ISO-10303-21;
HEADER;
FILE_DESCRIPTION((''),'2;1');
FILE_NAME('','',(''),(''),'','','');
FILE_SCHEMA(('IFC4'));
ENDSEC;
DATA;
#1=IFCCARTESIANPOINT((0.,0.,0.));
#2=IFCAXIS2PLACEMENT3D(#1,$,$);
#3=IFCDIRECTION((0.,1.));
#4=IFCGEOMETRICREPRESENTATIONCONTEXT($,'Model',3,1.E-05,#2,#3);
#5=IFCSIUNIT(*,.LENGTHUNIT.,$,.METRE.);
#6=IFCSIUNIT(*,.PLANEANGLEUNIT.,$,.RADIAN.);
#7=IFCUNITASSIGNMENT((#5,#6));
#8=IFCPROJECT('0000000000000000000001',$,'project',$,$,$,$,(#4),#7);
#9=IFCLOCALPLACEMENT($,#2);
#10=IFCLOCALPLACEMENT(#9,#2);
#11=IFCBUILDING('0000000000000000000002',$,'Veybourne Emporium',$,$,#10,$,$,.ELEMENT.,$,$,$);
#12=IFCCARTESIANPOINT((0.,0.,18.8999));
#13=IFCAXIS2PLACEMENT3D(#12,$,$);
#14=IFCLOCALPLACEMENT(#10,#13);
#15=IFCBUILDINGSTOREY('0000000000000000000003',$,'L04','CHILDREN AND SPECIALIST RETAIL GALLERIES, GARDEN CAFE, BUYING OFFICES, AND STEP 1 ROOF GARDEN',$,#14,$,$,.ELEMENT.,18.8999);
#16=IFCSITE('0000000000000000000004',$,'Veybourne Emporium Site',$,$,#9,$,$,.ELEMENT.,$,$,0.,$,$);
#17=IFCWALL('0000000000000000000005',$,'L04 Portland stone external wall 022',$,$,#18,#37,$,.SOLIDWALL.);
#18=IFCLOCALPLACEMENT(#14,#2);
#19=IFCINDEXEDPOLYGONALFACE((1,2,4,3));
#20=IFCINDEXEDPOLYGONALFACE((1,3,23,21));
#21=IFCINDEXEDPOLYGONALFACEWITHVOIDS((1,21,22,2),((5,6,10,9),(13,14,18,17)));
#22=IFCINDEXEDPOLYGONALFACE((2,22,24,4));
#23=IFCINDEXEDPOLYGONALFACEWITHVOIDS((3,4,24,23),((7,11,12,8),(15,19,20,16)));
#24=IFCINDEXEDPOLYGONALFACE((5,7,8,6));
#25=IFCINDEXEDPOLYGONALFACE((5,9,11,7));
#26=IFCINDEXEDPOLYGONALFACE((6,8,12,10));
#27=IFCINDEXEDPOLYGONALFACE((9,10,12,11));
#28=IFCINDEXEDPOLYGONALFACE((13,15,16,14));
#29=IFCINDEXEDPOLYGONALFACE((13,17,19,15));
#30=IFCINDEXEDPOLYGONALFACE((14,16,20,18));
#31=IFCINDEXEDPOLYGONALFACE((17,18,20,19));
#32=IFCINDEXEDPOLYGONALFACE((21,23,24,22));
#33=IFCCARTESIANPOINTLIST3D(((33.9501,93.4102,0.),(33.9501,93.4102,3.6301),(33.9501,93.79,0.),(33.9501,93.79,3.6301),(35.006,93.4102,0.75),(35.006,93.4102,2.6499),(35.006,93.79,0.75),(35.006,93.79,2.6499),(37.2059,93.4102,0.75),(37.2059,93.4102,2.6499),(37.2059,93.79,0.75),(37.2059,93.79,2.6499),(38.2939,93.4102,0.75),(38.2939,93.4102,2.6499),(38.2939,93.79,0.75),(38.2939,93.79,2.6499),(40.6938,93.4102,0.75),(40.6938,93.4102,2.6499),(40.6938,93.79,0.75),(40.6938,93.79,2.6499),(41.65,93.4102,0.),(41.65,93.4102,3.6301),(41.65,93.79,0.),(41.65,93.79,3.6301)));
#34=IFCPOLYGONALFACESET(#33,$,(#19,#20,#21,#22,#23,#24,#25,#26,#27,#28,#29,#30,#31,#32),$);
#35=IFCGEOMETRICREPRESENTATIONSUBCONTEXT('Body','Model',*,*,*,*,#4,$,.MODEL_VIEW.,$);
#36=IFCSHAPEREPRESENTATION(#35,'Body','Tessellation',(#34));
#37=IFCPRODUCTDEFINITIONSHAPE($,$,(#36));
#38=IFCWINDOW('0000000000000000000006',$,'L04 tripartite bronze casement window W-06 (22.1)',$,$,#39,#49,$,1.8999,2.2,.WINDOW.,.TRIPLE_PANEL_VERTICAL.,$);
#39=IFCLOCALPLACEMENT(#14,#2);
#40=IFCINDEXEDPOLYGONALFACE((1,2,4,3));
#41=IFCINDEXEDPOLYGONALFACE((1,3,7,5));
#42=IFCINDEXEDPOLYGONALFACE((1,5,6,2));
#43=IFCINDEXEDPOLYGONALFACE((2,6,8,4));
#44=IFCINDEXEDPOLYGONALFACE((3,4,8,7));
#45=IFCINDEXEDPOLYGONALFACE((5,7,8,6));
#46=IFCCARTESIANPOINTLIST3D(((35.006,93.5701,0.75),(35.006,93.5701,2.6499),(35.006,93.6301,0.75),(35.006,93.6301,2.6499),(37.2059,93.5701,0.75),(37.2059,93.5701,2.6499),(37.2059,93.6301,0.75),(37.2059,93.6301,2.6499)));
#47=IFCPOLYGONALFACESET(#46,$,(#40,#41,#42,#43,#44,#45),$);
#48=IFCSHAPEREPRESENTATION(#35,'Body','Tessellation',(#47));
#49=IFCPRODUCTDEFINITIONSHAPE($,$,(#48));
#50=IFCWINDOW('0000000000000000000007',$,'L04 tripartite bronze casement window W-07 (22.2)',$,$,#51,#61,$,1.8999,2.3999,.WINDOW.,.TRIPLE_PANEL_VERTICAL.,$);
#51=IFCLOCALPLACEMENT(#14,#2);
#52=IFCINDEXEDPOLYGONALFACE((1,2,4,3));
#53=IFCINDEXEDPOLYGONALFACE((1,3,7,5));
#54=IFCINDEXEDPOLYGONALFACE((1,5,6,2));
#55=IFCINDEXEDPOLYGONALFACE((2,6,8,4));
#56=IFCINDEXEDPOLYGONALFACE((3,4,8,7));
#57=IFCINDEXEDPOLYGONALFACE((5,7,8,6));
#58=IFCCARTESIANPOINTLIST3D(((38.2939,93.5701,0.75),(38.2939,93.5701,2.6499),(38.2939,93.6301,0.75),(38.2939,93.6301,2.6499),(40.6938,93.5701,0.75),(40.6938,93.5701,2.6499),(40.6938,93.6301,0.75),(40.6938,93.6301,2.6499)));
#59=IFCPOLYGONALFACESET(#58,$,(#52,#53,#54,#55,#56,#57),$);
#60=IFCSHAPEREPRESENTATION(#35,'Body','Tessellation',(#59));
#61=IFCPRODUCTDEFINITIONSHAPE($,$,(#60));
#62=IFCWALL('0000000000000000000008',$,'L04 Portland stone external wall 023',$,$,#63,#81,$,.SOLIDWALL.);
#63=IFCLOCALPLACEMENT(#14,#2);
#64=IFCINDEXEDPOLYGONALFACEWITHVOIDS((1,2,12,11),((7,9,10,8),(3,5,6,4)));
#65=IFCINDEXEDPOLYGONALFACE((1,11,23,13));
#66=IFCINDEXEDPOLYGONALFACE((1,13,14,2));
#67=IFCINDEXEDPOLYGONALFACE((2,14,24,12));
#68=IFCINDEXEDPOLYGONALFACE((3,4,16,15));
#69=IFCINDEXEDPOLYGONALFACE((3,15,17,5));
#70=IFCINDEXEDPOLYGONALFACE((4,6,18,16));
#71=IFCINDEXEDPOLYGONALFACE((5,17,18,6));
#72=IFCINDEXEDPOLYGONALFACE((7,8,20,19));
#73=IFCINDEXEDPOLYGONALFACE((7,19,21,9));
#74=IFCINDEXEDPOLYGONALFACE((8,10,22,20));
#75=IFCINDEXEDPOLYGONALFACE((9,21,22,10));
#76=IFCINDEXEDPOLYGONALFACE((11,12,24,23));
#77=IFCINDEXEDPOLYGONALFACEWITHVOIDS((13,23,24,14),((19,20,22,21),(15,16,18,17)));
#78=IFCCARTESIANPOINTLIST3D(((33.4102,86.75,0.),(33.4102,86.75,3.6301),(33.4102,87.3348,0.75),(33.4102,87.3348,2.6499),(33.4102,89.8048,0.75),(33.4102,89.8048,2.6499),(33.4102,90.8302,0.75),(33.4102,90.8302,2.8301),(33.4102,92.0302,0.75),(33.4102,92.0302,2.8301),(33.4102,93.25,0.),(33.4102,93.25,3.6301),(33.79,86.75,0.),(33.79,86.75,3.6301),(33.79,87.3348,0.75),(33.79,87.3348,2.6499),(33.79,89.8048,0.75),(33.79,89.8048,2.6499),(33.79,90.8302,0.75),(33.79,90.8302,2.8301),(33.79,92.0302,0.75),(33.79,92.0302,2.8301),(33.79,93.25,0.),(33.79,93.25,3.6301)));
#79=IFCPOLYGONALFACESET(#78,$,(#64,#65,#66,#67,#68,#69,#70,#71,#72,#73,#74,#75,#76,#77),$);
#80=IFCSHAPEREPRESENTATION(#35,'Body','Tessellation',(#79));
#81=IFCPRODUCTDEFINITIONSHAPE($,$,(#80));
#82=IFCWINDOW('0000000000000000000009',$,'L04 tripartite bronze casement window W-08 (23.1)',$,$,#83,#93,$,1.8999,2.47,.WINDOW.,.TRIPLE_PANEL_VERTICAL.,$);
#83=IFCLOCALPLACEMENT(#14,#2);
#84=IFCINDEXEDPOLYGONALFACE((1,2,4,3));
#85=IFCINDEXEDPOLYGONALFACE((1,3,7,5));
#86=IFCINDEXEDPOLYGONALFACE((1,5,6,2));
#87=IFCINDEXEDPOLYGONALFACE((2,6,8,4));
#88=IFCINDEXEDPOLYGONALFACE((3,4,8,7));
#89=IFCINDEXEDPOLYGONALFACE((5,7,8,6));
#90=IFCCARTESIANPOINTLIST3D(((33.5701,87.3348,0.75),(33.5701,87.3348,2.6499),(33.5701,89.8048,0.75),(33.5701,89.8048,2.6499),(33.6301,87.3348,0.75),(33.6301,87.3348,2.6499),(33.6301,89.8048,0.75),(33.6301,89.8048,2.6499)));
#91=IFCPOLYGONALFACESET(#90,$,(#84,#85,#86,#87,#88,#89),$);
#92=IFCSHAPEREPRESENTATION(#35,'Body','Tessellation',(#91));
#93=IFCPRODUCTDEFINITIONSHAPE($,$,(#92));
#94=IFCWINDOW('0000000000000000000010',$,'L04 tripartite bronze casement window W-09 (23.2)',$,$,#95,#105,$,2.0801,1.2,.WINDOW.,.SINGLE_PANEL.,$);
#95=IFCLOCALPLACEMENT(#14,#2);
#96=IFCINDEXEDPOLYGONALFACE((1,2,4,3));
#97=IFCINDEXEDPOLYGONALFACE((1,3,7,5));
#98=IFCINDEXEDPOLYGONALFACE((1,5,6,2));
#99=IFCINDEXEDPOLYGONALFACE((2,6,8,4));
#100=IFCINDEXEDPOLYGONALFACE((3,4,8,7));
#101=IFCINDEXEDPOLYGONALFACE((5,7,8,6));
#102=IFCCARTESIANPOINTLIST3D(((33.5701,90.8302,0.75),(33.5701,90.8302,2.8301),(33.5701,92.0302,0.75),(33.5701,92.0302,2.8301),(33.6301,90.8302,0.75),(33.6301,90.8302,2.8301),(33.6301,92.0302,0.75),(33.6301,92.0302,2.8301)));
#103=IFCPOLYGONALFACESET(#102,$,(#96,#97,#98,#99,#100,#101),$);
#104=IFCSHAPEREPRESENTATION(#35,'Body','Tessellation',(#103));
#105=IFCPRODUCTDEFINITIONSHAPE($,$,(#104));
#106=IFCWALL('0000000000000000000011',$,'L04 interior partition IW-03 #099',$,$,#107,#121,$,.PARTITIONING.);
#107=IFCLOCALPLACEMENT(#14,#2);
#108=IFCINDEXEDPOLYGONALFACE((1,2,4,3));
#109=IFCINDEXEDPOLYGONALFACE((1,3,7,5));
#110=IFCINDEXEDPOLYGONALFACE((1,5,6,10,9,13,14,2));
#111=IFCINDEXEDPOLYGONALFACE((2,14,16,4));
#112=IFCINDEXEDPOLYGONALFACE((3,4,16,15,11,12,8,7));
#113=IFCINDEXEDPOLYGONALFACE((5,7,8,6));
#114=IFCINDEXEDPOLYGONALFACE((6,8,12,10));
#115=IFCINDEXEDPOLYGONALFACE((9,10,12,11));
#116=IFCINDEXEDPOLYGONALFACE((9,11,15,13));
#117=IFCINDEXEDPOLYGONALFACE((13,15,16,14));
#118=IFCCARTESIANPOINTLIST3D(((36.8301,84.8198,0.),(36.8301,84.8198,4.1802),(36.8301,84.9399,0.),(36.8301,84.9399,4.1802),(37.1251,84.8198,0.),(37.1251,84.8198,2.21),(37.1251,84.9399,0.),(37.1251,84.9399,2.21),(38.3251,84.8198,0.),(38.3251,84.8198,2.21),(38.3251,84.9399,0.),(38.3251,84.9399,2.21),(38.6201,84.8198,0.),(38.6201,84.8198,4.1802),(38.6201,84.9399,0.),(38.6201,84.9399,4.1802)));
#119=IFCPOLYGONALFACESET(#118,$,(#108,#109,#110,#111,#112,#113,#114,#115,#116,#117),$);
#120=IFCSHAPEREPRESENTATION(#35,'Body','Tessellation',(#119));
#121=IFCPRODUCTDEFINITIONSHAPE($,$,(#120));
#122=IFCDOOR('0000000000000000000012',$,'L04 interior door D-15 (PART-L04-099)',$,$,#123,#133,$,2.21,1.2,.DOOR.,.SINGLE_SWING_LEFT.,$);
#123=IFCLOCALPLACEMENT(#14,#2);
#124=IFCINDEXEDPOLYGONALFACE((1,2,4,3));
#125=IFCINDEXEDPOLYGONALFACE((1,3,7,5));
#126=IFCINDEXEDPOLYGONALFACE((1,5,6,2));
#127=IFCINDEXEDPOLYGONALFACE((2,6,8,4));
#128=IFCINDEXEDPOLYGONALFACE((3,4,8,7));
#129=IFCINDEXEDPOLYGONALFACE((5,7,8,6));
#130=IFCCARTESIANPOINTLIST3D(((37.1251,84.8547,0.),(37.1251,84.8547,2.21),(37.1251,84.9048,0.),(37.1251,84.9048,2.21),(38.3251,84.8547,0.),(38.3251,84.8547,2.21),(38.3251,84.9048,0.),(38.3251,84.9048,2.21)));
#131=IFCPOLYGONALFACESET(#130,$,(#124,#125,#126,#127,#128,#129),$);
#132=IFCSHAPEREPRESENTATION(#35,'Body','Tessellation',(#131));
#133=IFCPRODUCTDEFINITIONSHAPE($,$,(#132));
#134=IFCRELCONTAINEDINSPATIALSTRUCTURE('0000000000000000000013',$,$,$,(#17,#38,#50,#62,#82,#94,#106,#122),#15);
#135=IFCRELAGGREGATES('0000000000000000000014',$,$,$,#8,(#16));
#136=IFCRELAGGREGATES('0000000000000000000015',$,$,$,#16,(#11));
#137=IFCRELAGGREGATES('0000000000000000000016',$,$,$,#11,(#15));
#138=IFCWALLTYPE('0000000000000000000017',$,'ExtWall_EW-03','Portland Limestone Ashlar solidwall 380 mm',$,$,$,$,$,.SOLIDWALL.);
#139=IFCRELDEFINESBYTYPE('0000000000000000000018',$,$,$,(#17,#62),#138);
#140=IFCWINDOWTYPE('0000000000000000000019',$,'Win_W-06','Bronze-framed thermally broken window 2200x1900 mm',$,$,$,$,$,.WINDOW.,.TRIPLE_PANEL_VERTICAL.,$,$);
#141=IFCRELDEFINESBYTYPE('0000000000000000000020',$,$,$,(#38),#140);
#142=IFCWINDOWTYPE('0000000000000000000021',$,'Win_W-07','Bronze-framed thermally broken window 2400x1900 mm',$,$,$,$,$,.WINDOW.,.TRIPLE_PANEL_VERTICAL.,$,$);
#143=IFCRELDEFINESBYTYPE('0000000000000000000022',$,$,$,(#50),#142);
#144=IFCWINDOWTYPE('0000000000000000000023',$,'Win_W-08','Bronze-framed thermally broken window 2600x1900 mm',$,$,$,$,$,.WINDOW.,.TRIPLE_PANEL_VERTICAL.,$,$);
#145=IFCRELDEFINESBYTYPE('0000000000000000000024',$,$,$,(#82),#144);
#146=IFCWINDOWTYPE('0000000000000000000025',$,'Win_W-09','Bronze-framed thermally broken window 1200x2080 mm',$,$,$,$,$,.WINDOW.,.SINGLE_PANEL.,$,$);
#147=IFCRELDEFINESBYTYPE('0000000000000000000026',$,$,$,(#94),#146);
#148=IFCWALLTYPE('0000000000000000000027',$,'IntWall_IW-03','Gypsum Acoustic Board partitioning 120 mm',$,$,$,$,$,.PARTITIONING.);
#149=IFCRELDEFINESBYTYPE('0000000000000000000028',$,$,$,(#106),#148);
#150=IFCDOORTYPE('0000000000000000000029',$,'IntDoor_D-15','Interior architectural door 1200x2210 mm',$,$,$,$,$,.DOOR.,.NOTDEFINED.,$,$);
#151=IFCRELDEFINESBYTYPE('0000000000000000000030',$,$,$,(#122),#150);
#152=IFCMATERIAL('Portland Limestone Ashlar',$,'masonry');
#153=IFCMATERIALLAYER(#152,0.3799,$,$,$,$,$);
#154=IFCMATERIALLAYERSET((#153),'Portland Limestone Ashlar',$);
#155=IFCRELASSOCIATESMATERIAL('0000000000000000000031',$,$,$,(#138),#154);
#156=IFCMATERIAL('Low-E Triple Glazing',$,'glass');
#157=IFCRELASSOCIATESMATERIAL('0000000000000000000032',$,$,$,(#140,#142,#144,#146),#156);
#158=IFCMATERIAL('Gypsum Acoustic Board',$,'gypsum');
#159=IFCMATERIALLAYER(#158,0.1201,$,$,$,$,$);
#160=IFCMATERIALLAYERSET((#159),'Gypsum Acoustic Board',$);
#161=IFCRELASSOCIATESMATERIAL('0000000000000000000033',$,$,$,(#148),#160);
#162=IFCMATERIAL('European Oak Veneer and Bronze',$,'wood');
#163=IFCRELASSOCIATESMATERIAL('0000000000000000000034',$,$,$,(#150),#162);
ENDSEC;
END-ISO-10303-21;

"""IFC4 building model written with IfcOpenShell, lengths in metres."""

from ifc_helpers import new_model, si_unit, direction, frame, frame_2d, origin, place, context, subcontext, project, spatial, rectangle, extrude, material, layer, layer_set, type_object, element, fill, save


model = new_model("IFC4")

# Units and contexts
model_context = context("Model", 3, precision=1e-05, world=origin(), true_north=direction((0.0, 1.0)))
body_context = subcontext(model_context, "Body", "Model", "MODEL_VIEW")
ifc_project = project(units=[si_unit("LENGTHUNIT", "METRE"), si_unit("PLANEANGLEUNIT", "RADIAN")], contexts=[model_context])

# Site, building, storey
site_placement = place(None, origin())
site = spatial("IfcSite", under=ifc_project, at=site_placement, Name="Veybourne Emporium Site", CompositionType="ELEMENT", RefElevation=0.0)
building_placement = place(site_placement, origin())
building = spatial("IfcBuilding", under=site, at=building_placement, Name="Veybourne Emporium", CompositionType="ELEMENT")
storey_placement = place(building_placement, frame((0.0, 0.0, 18.8999)))
storey = spatial("IfcBuildingStorey", under=building, at=storey_placement, Name="L04", Description="CHILDREN AND SPECIALIST RETAIL GALLERIES, GARDEN CAFE, BUYING OFFICES, AND STEP 1 ROOF GARDEN", CompositionType="ELEMENT", Elevation=18.8999)

# Walls, openings, windows
ifc_material_1 = material(Name="Portland Limestone Ashlar", Category="masonry")
ifc_layer_1 = layer(ifc_material_1, 0.3799)
ifc_layer_set_1 = layer_set([ifc_layer_1], Name="Portland Limestone Ashlar")
wall_type_1 = type_object("IfcWallType", Name="ExtWall_EW-03", Description="Portland Limestone Ashlar solidwall 380 mm", PredefinedType="SOLIDWALL", material=ifc_layer_set_1)
ifc_material_2 = material(Name="Low-E Triple Glazing", Category="glass")
wall_1_placement = place(storey_placement, frame((33.95, 93.6001, 0.0), z_axis=(0.0, 0.0, 1.0), x_axis=(1.0, 0.0, 0.0)))
wall_1 = element("IfcWall", 1, at=wall_1_placement, inside=storey, type_object=wall_type_1, Name="L04 Portland stone external wall 022", PredefinedType="SOLIDWALL", context=body_context, shape_type="SweptSolid", body=[
    extrude(rectangle(XDim=7.7, YDim=0.3799, at=frame_2d((3.8501, 0.0))), origin(), (0.0, 0.0, 1.0), 3.6301),
])
opening_1_placement = place(wall_1_placement, frame((1.0559, 0.0, 0.75)))
opening_1 = element("IfcOpeningElement", 2, at=opening_1_placement, cuts=wall_1, PredefinedType="OPENING", context=body_context, shape_type="SweptSolid", body=[
    extrude(rectangle(XDim=2.2, YDim=1.8999, at=frame_2d((1.1001, 0.95))), frame((0.0, 0.21, 0.0), z_axis=(0.0, -1.0, 0.0), x_axis=(1.0, 0.0, 0.0)), (0.0, 0.0, 1.0), 0.4199),
])
opening_2_placement = place(wall_1_placement, frame((4.344, 0.0, 0.75)))
opening_2 = element("IfcOpeningElement", 3, at=opening_2_placement, cuts=wall_1, PredefinedType="OPENING", context=body_context, shape_type="SweptSolid", body=[
    extrude(rectangle(XDim=2.3999, YDim=1.8999, at=frame_2d((1.2, 0.95))), frame((0.0, 0.21, 0.0), z_axis=(0.0, -1.0, 0.0), x_axis=(1.0, 0.0, 0.0)), (0.0, 0.0, 1.0), 0.4199),
])
window_type_1 = type_object("IfcWindowType", Name="Win_W-06", Description="Bronze-framed thermally broken window 2200x1900 mm", PartitioningType="TRIPLE_PANEL_VERTICAL", PredefinedType="WINDOW", material=ifc_material_2)
window_1_placement = place(opening_1_placement, origin())
window_1 = element("IfcWindow", 4, at=window_1_placement, inside=storey, type_object=window_type_1, Name="L04 tripartite bronze casement window W-06 (22.1)", OverallHeight=1.8999, OverallWidth=2.2, PartitioningType="TRIPLE_PANEL_VERTICAL", PredefinedType="WINDOW", context=body_context, shape_type="SweptSolid", body=[
    extrude(rectangle(XDim=2.2, YDim=1.8999, at=frame_2d((1.1001, 0.95))), frame((0.0, 0.03, 0.0), z_axis=(0.0, -1.0, 0.0), x_axis=(1.0, 0.0, 0.0)), (0.0, 0.0, 1.0), 0.0601),
])
fill(opening_1, window_1)
window_type_2 = type_object("IfcWindowType", Name="Win_W-07", Description="Bronze-framed thermally broken window 2400x1900 mm", PartitioningType="TRIPLE_PANEL_VERTICAL", PredefinedType="WINDOW", material=ifc_material_2)
window_2_placement = place(opening_2_placement, origin())
window_2 = element("IfcWindow", 5, at=window_2_placement, inside=storey, type_object=window_type_2, Name="L04 tripartite bronze casement window W-07 (22.2)", OverallHeight=1.8999, OverallWidth=2.3999, PartitioningType="TRIPLE_PANEL_VERTICAL", PredefinedType="WINDOW", context=body_context, shape_type="SweptSolid", body=[
    extrude(rectangle(XDim=2.3999, YDim=1.8999, at=frame_2d((1.2, 0.95))), frame((0.0, 0.03, 0.0), z_axis=(0.0, -1.0, 0.0), x_axis=(1.0, 0.0, 0.0)), (0.0, 0.0, 1.0), 0.0601),
])
fill(opening_2, window_2)
wall_2_placement = place(storey_placement, frame((33.6001, 86.75, 0.0), z_axis=(0.0, 0.0, 1.0), x_axis=(0.0, 1.0, 0.0)))
wall_2 = element("IfcWall", 6, at=wall_2_placement, inside=storey, type_object=wall_type_1, Name="L04 Portland stone external wall 023", PredefinedType="SOLIDWALL", context=body_context, shape_type="SweptSolid", body=[
    extrude(rectangle(XDim=6.5, YDim=0.3799, at=frame_2d((3.25, 0.0))), origin(), (0.0, 0.0, 1.0), 3.6301),
])
opening_3_placement = place(wall_2_placement, frame((0.585, 0.0, 0.75)))
opening_3 = element("IfcOpeningElement", 7, at=opening_3_placement, cuts=wall_2, PredefinedType="OPENING", context=body_context, shape_type="SweptSolid", body=[
    extrude(rectangle(XDim=2.47, YDim=1.8999, at=frame_2d((1.2349, 0.95))), frame((0.0, 0.21, 0.0), z_axis=(0.0, -1.0, 0.0), x_axis=(1.0, 0.0, 0.0)), (0.0, 0.0, 1.0), 0.4199),
])
opening_4_placement = place(wall_2_placement, frame((4.0801, 0.0, 0.75)))
opening_4 = element("IfcOpeningElement", 8, at=opening_4_placement, cuts=wall_2, PredefinedType="OPENING", context=body_context, shape_type="SweptSolid", body=[
    extrude(rectangle(XDim=1.2, YDim=2.0801, at=frame_2d((0.6001, 1.04))), frame((0.0, 0.21, 0.0), z_axis=(0.0, -1.0, 0.0), x_axis=(1.0, 0.0, 0.0)), (0.0, 0.0, 1.0), 0.4199),
])
window_type_3 = type_object("IfcWindowType", Name="Win_W-08", Description="Bronze-framed thermally broken window 2600x1900 mm", PartitioningType="TRIPLE_PANEL_VERTICAL", PredefinedType="WINDOW", material=ifc_material_2)
window_3_placement = place(opening_3_placement, origin())
window_3 = element("IfcWindow", 9, at=window_3_placement, inside=storey, type_object=window_type_3, Name="L04 tripartite bronze casement window W-08 (23.1)", OverallHeight=1.8999, OverallWidth=2.47, PartitioningType="TRIPLE_PANEL_VERTICAL", PredefinedType="WINDOW", context=body_context, shape_type="SweptSolid", body=[
    extrude(rectangle(XDim=2.47, YDim=1.8999, at=frame_2d((1.2349, 0.95))), frame((0.0, 0.03, 0.0), z_axis=(0.0, -1.0, 0.0), x_axis=(1.0, 0.0, 0.0)), (0.0, 0.0, 1.0), 0.0601),
])
fill(opening_3, window_3)
window_type_4 = type_object("IfcWindowType", Name="Win_W-09", Description="Bronze-framed thermally broken window 1200x2080 mm", PartitioningType="SINGLE_PANEL", PredefinedType="WINDOW", material=ifc_material_2)
window_4_placement = place(opening_4_placement, origin())
window_4 = element("IfcWindow", 10, at=window_4_placement, inside=storey, type_object=window_type_4, Name="L04 tripartite bronze casement window W-09 (23.2)", OverallHeight=2.0801, OverallWidth=1.2, PartitioningType="SINGLE_PANEL", PredefinedType="WINDOW", context=body_context, shape_type="SweptSolid", body=[
    extrude(rectangle(XDim=1.2, YDim=2.0801, at=frame_2d((0.6001, 1.04))), frame((0.0, 0.03, 0.0), z_axis=(0.0, -1.0, 0.0), x_axis=(1.0, 0.0, 0.0)), (0.0, 0.0, 1.0), 0.0601),
])
fill(opening_4, window_4)

# Wall, opening, door
ifc_material_3 = material(Name="Gypsum Acoustic Board", Category="gypsum")
ifc_layer_2 = layer(ifc_material_3, 0.1201)
ifc_layer_set_2 = layer_set([ifc_layer_2], Name="Gypsum Acoustic Board")
wall_type_2 = type_object("IfcWallType", Name="IntWall_IW-03", Description="Gypsum Acoustic Board partitioning 120 mm", PredefinedType="PARTITIONING", material=ifc_layer_set_2)
wall_3_placement = place(storey_placement, frame((36.8301, 84.8799, 0.0), z_axis=(0.0, 0.0, 1.0), x_axis=(1.0, 0.0, 0.0)))
wall_3 = element("IfcWall", 11, at=wall_3_placement, inside=storey, type_object=wall_type_2, Name="L04 interior partition IW-03 #099", PredefinedType="PARTITIONING", context=body_context, shape_type="SweptSolid", body=[
    extrude(rectangle(XDim=1.79, YDim=0.1201, at=frame_2d((0.895, 0.0))), origin(), (0.0, 0.0, 1.0), 4.1802),
])
opening_5_placement = place(wall_3_placement, frame((0.2949, 0.0, 0.0)))
opening_5 = element("IfcOpeningElement", 12, at=opening_5_placement, cuts=wall_3, PredefinedType="OPENING", context=body_context, shape_type="SweptSolid", body=[
    extrude(rectangle(XDim=1.2, YDim=2.21, at=frame_2d((0.6001, 1.105))), frame((0.0, 0.0801, 0.0), z_axis=(0.0, -1.0, 0.0), x_axis=(1.0, 0.0, 0.0)), (0.0, 0.0, 1.0), 0.1602),
])
ifc_material_4 = material(Name="European Oak Veneer and Bronze", Category="wood")
door_type = type_object("IfcDoorType", Name="IntDoor_D-15", Description="Interior architectural door 1200x2210 mm", OperationType="NOTDEFINED", PredefinedType="DOOR", material=ifc_material_4)
door_placement = place(opening_5_placement, origin())
door = element("IfcDoor", 13, at=door_placement, inside=storey, type_object=door_type, Name="L04 interior door D-15 (PART-L04-099)", OperationType="SINGLE_SWING_LEFT", OverallHeight=2.21, OverallWidth=1.2, PredefinedType="DOOR", context=body_context, shape_type="SweptSolid", body=[
    extrude(rectangle(XDim=1.2, YDim=2.21, at=frame_2d((0.6001, 1.105))), frame((0.0, 0.0249, 0.0), z_axis=(0.0, -1.0, 0.0), x_axis=(1.0, 0.0, 0.0)), (0.0, 0.0, 1.0), 0.05),
])
fill(opening_5, door)

save(model, "model.ifc")
